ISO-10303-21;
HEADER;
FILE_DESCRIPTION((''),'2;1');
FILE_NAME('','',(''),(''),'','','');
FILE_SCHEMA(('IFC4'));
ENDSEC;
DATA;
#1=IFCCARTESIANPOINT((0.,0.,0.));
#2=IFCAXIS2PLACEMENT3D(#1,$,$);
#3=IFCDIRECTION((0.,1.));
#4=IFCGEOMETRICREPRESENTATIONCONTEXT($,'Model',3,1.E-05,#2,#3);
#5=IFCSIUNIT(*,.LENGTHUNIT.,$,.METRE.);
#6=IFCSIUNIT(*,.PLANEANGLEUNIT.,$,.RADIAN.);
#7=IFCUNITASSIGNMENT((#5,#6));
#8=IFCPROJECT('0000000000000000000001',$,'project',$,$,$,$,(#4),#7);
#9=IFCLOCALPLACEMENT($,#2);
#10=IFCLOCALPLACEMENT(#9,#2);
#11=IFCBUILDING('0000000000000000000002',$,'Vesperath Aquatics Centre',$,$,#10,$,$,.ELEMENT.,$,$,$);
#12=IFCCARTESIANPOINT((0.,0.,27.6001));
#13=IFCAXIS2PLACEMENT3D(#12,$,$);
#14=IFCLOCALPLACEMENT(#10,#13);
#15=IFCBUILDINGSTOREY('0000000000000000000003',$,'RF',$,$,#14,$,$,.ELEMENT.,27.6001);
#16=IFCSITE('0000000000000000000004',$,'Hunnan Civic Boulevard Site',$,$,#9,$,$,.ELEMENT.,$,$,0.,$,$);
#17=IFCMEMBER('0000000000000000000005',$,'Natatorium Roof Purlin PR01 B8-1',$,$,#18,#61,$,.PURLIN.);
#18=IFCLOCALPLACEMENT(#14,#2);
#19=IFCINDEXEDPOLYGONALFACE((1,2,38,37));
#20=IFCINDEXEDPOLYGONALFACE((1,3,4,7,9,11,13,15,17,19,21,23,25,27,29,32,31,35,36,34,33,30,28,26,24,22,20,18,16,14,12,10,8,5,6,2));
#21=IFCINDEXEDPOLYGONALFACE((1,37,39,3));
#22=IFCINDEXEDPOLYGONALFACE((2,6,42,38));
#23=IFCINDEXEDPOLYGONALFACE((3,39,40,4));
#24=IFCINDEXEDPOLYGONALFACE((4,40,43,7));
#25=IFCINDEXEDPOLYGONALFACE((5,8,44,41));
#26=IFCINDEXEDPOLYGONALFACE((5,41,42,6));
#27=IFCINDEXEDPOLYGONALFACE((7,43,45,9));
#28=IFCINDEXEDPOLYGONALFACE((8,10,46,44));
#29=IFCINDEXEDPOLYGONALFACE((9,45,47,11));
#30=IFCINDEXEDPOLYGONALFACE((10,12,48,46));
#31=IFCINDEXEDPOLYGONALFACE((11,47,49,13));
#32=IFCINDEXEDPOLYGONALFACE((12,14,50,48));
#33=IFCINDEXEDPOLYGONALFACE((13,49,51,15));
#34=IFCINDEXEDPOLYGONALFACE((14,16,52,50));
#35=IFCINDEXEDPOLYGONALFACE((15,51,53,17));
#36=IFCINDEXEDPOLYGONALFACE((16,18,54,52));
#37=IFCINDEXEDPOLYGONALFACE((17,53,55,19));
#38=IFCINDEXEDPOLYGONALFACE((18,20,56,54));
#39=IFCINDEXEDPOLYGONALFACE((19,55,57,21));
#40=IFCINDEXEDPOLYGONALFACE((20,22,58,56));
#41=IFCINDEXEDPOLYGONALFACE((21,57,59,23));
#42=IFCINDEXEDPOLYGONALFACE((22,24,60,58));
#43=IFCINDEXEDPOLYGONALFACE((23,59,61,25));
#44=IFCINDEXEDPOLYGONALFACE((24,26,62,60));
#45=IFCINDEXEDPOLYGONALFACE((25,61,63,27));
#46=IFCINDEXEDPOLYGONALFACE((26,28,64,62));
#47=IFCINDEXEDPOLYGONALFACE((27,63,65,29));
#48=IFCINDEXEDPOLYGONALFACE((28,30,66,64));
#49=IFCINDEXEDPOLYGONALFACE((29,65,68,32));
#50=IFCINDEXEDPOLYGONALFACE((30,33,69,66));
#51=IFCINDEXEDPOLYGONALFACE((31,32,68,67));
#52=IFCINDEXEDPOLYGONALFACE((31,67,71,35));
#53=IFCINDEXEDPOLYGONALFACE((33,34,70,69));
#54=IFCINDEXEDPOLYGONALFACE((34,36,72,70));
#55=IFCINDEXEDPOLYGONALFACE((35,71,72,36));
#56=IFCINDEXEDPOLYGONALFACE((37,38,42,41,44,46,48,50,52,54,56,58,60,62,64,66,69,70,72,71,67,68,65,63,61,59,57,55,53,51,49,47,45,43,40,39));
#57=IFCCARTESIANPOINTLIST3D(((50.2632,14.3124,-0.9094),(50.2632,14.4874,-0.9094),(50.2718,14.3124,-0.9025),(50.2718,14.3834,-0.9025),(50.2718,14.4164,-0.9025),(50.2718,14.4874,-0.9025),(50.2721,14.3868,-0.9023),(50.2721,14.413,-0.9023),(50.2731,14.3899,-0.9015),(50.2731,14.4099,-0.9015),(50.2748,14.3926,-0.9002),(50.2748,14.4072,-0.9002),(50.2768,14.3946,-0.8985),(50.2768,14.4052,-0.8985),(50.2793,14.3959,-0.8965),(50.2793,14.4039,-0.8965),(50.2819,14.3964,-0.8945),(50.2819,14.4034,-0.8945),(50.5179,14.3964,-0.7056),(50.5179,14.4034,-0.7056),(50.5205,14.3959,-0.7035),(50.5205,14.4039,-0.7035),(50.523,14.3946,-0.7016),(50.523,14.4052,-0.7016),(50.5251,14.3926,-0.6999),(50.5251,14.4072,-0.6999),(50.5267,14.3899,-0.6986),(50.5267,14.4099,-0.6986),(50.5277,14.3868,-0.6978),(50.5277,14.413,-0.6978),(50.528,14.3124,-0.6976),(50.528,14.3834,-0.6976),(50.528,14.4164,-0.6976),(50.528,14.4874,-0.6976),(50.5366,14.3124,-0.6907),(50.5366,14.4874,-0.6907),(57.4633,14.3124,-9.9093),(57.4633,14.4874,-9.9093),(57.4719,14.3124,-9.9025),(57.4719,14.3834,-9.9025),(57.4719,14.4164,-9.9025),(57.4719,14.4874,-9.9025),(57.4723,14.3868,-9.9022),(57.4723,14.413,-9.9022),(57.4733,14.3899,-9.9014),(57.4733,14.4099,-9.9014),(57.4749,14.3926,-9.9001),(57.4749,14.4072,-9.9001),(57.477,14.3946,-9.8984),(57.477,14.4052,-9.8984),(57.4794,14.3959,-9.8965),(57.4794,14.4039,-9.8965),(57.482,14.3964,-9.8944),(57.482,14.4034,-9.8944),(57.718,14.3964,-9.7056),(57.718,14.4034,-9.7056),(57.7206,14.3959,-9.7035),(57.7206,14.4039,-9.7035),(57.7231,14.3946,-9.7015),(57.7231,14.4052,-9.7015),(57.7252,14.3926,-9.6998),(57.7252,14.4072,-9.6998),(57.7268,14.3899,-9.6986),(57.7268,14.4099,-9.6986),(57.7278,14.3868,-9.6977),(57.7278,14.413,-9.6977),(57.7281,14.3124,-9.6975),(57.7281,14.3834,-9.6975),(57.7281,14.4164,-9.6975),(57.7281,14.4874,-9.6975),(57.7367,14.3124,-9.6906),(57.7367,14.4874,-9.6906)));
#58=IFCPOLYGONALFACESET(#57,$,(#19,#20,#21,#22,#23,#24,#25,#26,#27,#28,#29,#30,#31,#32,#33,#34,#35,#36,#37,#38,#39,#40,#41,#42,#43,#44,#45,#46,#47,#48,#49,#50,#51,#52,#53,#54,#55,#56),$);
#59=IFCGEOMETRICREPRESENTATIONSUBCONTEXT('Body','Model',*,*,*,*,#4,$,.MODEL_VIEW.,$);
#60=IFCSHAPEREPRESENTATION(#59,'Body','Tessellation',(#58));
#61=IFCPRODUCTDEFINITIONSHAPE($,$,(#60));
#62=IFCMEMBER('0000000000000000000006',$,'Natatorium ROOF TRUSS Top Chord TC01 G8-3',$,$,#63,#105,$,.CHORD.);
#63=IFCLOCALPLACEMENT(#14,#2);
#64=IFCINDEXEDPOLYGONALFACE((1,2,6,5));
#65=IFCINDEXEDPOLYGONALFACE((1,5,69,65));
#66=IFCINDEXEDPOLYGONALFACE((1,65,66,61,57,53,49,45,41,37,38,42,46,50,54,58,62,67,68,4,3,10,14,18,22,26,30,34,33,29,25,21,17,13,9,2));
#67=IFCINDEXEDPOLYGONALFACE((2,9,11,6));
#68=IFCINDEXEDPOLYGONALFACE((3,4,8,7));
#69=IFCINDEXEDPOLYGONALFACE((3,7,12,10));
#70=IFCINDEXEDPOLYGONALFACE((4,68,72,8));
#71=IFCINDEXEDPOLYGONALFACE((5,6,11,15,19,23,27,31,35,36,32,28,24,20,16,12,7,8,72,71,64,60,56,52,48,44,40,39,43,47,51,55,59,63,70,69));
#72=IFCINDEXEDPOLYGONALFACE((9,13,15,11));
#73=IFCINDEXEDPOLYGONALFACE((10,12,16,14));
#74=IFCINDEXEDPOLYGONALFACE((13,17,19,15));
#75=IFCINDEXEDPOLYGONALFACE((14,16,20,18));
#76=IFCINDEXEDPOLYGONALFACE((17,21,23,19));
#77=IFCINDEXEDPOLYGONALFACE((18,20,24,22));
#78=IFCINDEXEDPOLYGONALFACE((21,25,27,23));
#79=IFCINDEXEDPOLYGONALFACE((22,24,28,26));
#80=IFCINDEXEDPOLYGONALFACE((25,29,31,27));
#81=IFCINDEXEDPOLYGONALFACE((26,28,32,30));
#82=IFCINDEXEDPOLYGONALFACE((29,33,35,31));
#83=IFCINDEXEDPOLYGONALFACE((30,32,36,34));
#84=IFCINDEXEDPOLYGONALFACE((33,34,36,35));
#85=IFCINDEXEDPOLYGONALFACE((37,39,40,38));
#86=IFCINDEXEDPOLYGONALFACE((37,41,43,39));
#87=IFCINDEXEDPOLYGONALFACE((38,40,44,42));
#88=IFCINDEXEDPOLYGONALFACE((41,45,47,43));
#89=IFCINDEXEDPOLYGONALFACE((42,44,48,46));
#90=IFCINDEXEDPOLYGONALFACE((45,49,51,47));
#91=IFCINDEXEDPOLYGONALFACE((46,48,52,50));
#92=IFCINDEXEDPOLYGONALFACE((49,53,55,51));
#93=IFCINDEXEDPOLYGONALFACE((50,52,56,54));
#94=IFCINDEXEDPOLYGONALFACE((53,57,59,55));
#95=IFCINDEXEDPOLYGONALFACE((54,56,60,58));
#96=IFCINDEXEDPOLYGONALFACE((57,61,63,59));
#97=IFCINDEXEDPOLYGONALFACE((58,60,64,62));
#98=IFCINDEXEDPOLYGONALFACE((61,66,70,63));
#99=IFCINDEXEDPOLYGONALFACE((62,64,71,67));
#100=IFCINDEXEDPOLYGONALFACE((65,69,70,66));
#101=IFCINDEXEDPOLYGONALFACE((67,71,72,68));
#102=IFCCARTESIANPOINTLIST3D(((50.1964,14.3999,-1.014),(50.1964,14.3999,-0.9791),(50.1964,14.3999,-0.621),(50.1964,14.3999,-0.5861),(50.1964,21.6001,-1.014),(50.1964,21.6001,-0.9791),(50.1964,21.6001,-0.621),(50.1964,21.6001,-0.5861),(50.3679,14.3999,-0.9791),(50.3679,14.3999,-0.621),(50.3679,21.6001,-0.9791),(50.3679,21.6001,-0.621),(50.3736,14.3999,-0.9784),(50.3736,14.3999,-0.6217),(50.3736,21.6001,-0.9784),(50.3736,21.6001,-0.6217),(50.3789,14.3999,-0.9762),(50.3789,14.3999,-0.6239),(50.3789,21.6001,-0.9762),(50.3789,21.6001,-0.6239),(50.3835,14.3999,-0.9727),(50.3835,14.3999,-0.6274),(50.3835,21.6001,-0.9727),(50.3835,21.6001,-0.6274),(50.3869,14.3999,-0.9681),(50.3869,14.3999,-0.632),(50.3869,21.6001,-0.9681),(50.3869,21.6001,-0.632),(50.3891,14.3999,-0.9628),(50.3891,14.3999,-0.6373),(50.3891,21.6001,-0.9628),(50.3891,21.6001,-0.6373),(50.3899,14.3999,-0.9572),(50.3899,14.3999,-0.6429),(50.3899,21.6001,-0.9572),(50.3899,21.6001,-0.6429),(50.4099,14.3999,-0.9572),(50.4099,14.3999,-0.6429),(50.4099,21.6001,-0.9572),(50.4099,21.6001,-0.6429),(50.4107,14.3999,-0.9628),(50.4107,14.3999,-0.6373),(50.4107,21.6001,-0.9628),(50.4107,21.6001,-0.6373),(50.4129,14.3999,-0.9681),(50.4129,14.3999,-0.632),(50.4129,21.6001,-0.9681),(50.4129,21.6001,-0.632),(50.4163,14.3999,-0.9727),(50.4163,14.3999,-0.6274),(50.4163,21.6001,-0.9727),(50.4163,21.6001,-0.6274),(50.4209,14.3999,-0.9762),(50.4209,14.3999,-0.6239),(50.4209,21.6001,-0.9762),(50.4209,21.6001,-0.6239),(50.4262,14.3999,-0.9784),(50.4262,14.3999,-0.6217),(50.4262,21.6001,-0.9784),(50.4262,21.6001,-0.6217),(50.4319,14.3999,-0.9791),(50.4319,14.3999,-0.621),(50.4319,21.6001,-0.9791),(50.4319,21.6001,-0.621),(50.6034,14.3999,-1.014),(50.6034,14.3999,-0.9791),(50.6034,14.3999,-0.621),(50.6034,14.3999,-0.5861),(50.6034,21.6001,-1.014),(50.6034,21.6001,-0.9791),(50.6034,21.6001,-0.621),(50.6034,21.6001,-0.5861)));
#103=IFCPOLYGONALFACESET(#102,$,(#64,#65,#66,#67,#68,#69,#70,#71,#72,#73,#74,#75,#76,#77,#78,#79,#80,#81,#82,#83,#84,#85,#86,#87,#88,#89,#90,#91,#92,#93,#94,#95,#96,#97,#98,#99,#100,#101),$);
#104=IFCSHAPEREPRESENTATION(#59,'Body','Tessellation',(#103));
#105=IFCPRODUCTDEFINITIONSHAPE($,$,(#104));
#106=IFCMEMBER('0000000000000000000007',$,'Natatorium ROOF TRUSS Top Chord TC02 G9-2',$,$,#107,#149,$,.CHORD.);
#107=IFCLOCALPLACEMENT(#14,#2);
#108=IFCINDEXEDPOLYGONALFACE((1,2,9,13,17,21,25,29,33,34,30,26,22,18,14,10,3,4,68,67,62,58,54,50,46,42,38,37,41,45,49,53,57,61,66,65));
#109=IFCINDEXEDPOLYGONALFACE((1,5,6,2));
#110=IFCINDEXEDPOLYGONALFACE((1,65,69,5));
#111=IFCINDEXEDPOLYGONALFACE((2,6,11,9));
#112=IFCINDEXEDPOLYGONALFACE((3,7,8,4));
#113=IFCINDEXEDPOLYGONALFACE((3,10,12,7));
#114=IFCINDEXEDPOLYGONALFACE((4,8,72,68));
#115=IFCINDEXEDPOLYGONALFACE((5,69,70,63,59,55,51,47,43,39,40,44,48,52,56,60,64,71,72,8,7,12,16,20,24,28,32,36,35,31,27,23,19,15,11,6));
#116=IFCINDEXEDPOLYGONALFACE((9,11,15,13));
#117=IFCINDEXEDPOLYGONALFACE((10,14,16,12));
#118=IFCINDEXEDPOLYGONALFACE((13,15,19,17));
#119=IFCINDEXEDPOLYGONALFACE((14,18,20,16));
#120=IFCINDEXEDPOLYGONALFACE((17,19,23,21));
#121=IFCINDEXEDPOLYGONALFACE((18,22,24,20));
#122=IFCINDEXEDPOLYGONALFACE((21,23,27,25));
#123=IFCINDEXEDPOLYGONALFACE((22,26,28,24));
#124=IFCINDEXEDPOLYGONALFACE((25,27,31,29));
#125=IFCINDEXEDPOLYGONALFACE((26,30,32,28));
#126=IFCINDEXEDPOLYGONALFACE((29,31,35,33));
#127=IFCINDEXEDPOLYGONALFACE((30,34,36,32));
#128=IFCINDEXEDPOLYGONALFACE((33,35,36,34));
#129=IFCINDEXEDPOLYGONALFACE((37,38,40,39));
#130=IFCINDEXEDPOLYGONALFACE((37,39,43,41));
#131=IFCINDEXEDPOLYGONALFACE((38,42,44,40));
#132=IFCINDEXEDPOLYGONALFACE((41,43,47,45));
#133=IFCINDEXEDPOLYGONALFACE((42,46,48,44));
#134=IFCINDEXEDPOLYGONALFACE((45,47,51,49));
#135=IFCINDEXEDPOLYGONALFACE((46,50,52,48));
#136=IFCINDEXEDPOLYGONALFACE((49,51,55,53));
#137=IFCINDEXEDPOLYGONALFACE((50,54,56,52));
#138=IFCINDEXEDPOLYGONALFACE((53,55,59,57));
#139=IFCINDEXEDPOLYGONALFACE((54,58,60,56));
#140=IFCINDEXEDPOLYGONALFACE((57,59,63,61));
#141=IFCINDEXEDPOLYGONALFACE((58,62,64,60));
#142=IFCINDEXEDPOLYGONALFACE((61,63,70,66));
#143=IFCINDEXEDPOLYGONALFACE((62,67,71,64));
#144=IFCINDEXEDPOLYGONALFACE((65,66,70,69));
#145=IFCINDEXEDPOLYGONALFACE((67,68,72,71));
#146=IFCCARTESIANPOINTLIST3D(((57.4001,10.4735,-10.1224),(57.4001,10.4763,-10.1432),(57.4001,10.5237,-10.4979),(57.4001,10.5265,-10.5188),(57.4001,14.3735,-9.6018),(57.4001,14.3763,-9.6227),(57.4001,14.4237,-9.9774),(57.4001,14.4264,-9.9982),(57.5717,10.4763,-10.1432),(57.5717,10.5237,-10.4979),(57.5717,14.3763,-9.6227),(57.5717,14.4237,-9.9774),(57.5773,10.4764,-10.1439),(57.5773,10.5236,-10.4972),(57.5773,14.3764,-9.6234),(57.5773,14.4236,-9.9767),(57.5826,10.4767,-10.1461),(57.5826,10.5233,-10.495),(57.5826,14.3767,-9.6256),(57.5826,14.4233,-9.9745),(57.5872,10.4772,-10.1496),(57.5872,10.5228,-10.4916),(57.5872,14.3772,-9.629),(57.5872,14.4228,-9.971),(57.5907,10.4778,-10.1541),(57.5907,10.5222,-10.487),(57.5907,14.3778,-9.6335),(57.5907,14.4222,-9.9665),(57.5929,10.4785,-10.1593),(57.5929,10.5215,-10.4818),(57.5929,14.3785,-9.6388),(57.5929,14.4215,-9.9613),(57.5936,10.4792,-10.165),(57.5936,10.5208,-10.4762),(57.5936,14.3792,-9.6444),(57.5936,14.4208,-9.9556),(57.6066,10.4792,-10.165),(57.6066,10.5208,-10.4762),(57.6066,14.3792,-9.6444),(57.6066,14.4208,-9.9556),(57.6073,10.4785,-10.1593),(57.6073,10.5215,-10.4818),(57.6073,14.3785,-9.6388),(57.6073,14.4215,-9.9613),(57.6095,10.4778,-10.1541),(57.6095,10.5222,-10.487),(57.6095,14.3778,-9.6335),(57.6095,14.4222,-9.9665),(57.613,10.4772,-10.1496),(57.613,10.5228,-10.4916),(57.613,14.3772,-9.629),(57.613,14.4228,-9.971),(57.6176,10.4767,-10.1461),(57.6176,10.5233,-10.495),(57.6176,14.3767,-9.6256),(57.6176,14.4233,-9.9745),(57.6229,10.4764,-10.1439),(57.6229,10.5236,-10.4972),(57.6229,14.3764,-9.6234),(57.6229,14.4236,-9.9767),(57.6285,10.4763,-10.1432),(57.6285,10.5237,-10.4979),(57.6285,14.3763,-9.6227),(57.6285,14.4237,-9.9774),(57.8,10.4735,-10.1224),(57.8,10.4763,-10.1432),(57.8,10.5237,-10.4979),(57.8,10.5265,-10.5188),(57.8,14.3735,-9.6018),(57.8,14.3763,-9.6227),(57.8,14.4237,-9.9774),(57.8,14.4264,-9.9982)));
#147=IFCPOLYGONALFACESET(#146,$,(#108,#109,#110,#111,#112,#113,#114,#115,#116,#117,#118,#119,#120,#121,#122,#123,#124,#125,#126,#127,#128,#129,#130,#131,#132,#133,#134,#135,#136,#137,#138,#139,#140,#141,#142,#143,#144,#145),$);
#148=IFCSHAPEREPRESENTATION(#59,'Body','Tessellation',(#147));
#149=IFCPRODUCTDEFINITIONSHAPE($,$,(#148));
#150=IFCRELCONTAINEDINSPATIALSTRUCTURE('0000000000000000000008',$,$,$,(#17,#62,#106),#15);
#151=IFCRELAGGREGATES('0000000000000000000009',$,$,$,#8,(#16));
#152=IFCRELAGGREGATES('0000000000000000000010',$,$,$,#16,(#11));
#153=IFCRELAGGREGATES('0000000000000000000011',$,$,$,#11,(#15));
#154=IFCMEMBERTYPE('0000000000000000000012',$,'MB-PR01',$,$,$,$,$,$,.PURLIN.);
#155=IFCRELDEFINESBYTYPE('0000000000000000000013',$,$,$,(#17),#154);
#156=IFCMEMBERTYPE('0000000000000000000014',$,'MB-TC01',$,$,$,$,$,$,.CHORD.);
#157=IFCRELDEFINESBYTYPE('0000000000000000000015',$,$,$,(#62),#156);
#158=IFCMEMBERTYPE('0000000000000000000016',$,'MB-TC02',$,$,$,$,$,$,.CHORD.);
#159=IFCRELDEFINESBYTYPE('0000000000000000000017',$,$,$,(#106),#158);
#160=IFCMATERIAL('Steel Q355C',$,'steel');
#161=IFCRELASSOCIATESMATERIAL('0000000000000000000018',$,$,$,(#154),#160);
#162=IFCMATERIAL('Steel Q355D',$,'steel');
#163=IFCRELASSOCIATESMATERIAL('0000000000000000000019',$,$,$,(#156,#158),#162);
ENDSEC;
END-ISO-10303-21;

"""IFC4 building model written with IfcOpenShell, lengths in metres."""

from ifc_helpers import new_model, si_unit, direction, frame, origin, origin_2d, place, context, subcontext, project, spatial, i_section, extrude, material, material_profile, profile_set, type_object, element, save


model = new_model("IFC4")

# Units and contexts
model_context = context("Model", 3, precision=1e-05, world=origin(), true_north=direction((0.0, 1.0)))
body_context = subcontext(model_context, "Body", "Model", "MODEL_VIEW")
ifc_project = project(units=[si_unit("LENGTHUNIT", "METRE"), si_unit("PLANEANGLEUNIT", "RADIAN")], contexts=[model_context])

# Site, building, storey
site_placement = place(None, origin())
site = spatial("IfcSite", under=ifc_project, at=site_placement, Name="Hunnan Civic Boulevard Site", CompositionType="ELEMENT", RefElevation=0.0)
building_placement = place(site_placement, origin())
building = spatial("IfcBuilding", under=site, at=building_placement, Name="Vesperath Aquatics Centre", CompositionType="ELEMENT")
storey_placement = place(building_placement, frame((0.0, 0.0, 27.6001)))
storey = spatial("IfcBuildingStorey", under=building, at=storey_placement, Name="RF", CompositionType="ELEMENT", Elevation=27.6001)

# Members
ifc_material_1 = material(Name="Steel Q355D", Category="steel")
ifc_material_2 = material(Name="Steel Q355C", Category="steel")
ifc_material_profile_1 = material_profile(ifc_material_2, i_section(OverallWidth=0.175, OverallDepth=0.3501, WebThickness=0.0071, FlangeThickness=0.011, FilletRadius=0.0129, at=origin_2d()), Name="HN 350x175x7x11")
ifc_profile_set_1 = profile_set([ifc_material_profile_1], Name="Steel Q355C")
member_type_1 = type_object("IfcMemberType", Name="MB-PR01", PredefinedType="PURLIN", material=ifc_profile_set_1)
member_1_placement = place(storey_placement, frame((50.3999, 14.3999, -0.8), z_axis=(0.624705, 0.0, -0.780861), x_axis=(0.0, 1.0, 0.0)))
element("IfcMember", 1, at=member_1_placement, inside=storey, type_object=member_type_1, Name="Natatorium Roof Purlin PR01 B8-1", PredefinedType="PURLIN", context=body_context, shape_type="SweptSolid", body=[
    extrude(i_section(OverallWidth=0.175, OverallDepth=0.3501, WebThickness=0.0071, FlangeThickness=0.011, FilletRadius=0.0129, at=origin_2d()), origin(), (0.0, 0.0, 1.0), 11.5256),
])
ifc_material_profile_2 = material_profile(ifc_material_1, i_section(OverallWidth=0.407, OverallDepth=0.428, WebThickness=0.02, FlangeThickness=0.0349, FilletRadius=0.022, at=origin_2d()), Name="HW 428x407x20x35")
ifc_profile_set_2 = profile_set([ifc_material_profile_2], Name="Steel Q355D")
member_type_2 = type_object("IfcMemberType", Name="MB-TC01", PredefinedType="CHORD", material=ifc_profile_set_2)
member_2_placement = place(storey_placement, frame((50.3999, 14.3999, -0.8), z_axis=(0.0, 1.0, 0.0), x_axis=(-1.0, 0.0, 0.0)))
element("IfcMember", 2, at=member_2_placement, inside=storey, type_object=member_type_2, Name="Natatorium ROOF TRUSS Top Chord TC01 G8-3", PredefinedType="CHORD", context=body_context, shape_type="SweptSolid", body=[
    extrude(i_section(OverallWidth=0.407, OverallDepth=0.428, WebThickness=0.02, FlangeThickness=0.0349, FilletRadius=0.022, at=origin_2d()), origin(), (0.0, 0.0, 1.0), 7.2002),
])
ifc_material_profile_3 = material_profile(ifc_material_1, i_section(OverallWidth=0.3999, OverallDepth=0.3999, WebThickness=0.0129, FlangeThickness=0.021, FilletRadius=0.022, at=origin_2d()), Name="HW 400x400x13x21")
ifc_profile_set_3 = profile_set([ifc_material_profile_3], Name="Steel Q355D")
member_type_3 = type_object("IfcMemberType", Name="MB-TC02", PredefinedType="CHORD", material=ifc_profile_set_3)
member_3_placement = place(storey_placement, frame((57.6001, 10.5, -10.3206), z_axis=(0.0, 0.991211, 0.132294), x_axis=(-1.0, 0.0, 0.0)))
element("IfcMember", 3, at=member_3_placement, inside=storey, type_object=member_type_3, Name="Natatorium ROOF TRUSS Top Chord TC02 G9-2", PredefinedType="CHORD", context=body_context, shape_type="SweptSolid", body=[
    extrude(i_section(OverallWidth=0.3999, OverallDepth=0.3999, WebThickness=0.0129, FlangeThickness=0.021, FilletRadius=0.022, at=origin_2d()), origin(), (0.0, 0.0, 1.0), 3.9346),
])

save(model, "model.ifc")
